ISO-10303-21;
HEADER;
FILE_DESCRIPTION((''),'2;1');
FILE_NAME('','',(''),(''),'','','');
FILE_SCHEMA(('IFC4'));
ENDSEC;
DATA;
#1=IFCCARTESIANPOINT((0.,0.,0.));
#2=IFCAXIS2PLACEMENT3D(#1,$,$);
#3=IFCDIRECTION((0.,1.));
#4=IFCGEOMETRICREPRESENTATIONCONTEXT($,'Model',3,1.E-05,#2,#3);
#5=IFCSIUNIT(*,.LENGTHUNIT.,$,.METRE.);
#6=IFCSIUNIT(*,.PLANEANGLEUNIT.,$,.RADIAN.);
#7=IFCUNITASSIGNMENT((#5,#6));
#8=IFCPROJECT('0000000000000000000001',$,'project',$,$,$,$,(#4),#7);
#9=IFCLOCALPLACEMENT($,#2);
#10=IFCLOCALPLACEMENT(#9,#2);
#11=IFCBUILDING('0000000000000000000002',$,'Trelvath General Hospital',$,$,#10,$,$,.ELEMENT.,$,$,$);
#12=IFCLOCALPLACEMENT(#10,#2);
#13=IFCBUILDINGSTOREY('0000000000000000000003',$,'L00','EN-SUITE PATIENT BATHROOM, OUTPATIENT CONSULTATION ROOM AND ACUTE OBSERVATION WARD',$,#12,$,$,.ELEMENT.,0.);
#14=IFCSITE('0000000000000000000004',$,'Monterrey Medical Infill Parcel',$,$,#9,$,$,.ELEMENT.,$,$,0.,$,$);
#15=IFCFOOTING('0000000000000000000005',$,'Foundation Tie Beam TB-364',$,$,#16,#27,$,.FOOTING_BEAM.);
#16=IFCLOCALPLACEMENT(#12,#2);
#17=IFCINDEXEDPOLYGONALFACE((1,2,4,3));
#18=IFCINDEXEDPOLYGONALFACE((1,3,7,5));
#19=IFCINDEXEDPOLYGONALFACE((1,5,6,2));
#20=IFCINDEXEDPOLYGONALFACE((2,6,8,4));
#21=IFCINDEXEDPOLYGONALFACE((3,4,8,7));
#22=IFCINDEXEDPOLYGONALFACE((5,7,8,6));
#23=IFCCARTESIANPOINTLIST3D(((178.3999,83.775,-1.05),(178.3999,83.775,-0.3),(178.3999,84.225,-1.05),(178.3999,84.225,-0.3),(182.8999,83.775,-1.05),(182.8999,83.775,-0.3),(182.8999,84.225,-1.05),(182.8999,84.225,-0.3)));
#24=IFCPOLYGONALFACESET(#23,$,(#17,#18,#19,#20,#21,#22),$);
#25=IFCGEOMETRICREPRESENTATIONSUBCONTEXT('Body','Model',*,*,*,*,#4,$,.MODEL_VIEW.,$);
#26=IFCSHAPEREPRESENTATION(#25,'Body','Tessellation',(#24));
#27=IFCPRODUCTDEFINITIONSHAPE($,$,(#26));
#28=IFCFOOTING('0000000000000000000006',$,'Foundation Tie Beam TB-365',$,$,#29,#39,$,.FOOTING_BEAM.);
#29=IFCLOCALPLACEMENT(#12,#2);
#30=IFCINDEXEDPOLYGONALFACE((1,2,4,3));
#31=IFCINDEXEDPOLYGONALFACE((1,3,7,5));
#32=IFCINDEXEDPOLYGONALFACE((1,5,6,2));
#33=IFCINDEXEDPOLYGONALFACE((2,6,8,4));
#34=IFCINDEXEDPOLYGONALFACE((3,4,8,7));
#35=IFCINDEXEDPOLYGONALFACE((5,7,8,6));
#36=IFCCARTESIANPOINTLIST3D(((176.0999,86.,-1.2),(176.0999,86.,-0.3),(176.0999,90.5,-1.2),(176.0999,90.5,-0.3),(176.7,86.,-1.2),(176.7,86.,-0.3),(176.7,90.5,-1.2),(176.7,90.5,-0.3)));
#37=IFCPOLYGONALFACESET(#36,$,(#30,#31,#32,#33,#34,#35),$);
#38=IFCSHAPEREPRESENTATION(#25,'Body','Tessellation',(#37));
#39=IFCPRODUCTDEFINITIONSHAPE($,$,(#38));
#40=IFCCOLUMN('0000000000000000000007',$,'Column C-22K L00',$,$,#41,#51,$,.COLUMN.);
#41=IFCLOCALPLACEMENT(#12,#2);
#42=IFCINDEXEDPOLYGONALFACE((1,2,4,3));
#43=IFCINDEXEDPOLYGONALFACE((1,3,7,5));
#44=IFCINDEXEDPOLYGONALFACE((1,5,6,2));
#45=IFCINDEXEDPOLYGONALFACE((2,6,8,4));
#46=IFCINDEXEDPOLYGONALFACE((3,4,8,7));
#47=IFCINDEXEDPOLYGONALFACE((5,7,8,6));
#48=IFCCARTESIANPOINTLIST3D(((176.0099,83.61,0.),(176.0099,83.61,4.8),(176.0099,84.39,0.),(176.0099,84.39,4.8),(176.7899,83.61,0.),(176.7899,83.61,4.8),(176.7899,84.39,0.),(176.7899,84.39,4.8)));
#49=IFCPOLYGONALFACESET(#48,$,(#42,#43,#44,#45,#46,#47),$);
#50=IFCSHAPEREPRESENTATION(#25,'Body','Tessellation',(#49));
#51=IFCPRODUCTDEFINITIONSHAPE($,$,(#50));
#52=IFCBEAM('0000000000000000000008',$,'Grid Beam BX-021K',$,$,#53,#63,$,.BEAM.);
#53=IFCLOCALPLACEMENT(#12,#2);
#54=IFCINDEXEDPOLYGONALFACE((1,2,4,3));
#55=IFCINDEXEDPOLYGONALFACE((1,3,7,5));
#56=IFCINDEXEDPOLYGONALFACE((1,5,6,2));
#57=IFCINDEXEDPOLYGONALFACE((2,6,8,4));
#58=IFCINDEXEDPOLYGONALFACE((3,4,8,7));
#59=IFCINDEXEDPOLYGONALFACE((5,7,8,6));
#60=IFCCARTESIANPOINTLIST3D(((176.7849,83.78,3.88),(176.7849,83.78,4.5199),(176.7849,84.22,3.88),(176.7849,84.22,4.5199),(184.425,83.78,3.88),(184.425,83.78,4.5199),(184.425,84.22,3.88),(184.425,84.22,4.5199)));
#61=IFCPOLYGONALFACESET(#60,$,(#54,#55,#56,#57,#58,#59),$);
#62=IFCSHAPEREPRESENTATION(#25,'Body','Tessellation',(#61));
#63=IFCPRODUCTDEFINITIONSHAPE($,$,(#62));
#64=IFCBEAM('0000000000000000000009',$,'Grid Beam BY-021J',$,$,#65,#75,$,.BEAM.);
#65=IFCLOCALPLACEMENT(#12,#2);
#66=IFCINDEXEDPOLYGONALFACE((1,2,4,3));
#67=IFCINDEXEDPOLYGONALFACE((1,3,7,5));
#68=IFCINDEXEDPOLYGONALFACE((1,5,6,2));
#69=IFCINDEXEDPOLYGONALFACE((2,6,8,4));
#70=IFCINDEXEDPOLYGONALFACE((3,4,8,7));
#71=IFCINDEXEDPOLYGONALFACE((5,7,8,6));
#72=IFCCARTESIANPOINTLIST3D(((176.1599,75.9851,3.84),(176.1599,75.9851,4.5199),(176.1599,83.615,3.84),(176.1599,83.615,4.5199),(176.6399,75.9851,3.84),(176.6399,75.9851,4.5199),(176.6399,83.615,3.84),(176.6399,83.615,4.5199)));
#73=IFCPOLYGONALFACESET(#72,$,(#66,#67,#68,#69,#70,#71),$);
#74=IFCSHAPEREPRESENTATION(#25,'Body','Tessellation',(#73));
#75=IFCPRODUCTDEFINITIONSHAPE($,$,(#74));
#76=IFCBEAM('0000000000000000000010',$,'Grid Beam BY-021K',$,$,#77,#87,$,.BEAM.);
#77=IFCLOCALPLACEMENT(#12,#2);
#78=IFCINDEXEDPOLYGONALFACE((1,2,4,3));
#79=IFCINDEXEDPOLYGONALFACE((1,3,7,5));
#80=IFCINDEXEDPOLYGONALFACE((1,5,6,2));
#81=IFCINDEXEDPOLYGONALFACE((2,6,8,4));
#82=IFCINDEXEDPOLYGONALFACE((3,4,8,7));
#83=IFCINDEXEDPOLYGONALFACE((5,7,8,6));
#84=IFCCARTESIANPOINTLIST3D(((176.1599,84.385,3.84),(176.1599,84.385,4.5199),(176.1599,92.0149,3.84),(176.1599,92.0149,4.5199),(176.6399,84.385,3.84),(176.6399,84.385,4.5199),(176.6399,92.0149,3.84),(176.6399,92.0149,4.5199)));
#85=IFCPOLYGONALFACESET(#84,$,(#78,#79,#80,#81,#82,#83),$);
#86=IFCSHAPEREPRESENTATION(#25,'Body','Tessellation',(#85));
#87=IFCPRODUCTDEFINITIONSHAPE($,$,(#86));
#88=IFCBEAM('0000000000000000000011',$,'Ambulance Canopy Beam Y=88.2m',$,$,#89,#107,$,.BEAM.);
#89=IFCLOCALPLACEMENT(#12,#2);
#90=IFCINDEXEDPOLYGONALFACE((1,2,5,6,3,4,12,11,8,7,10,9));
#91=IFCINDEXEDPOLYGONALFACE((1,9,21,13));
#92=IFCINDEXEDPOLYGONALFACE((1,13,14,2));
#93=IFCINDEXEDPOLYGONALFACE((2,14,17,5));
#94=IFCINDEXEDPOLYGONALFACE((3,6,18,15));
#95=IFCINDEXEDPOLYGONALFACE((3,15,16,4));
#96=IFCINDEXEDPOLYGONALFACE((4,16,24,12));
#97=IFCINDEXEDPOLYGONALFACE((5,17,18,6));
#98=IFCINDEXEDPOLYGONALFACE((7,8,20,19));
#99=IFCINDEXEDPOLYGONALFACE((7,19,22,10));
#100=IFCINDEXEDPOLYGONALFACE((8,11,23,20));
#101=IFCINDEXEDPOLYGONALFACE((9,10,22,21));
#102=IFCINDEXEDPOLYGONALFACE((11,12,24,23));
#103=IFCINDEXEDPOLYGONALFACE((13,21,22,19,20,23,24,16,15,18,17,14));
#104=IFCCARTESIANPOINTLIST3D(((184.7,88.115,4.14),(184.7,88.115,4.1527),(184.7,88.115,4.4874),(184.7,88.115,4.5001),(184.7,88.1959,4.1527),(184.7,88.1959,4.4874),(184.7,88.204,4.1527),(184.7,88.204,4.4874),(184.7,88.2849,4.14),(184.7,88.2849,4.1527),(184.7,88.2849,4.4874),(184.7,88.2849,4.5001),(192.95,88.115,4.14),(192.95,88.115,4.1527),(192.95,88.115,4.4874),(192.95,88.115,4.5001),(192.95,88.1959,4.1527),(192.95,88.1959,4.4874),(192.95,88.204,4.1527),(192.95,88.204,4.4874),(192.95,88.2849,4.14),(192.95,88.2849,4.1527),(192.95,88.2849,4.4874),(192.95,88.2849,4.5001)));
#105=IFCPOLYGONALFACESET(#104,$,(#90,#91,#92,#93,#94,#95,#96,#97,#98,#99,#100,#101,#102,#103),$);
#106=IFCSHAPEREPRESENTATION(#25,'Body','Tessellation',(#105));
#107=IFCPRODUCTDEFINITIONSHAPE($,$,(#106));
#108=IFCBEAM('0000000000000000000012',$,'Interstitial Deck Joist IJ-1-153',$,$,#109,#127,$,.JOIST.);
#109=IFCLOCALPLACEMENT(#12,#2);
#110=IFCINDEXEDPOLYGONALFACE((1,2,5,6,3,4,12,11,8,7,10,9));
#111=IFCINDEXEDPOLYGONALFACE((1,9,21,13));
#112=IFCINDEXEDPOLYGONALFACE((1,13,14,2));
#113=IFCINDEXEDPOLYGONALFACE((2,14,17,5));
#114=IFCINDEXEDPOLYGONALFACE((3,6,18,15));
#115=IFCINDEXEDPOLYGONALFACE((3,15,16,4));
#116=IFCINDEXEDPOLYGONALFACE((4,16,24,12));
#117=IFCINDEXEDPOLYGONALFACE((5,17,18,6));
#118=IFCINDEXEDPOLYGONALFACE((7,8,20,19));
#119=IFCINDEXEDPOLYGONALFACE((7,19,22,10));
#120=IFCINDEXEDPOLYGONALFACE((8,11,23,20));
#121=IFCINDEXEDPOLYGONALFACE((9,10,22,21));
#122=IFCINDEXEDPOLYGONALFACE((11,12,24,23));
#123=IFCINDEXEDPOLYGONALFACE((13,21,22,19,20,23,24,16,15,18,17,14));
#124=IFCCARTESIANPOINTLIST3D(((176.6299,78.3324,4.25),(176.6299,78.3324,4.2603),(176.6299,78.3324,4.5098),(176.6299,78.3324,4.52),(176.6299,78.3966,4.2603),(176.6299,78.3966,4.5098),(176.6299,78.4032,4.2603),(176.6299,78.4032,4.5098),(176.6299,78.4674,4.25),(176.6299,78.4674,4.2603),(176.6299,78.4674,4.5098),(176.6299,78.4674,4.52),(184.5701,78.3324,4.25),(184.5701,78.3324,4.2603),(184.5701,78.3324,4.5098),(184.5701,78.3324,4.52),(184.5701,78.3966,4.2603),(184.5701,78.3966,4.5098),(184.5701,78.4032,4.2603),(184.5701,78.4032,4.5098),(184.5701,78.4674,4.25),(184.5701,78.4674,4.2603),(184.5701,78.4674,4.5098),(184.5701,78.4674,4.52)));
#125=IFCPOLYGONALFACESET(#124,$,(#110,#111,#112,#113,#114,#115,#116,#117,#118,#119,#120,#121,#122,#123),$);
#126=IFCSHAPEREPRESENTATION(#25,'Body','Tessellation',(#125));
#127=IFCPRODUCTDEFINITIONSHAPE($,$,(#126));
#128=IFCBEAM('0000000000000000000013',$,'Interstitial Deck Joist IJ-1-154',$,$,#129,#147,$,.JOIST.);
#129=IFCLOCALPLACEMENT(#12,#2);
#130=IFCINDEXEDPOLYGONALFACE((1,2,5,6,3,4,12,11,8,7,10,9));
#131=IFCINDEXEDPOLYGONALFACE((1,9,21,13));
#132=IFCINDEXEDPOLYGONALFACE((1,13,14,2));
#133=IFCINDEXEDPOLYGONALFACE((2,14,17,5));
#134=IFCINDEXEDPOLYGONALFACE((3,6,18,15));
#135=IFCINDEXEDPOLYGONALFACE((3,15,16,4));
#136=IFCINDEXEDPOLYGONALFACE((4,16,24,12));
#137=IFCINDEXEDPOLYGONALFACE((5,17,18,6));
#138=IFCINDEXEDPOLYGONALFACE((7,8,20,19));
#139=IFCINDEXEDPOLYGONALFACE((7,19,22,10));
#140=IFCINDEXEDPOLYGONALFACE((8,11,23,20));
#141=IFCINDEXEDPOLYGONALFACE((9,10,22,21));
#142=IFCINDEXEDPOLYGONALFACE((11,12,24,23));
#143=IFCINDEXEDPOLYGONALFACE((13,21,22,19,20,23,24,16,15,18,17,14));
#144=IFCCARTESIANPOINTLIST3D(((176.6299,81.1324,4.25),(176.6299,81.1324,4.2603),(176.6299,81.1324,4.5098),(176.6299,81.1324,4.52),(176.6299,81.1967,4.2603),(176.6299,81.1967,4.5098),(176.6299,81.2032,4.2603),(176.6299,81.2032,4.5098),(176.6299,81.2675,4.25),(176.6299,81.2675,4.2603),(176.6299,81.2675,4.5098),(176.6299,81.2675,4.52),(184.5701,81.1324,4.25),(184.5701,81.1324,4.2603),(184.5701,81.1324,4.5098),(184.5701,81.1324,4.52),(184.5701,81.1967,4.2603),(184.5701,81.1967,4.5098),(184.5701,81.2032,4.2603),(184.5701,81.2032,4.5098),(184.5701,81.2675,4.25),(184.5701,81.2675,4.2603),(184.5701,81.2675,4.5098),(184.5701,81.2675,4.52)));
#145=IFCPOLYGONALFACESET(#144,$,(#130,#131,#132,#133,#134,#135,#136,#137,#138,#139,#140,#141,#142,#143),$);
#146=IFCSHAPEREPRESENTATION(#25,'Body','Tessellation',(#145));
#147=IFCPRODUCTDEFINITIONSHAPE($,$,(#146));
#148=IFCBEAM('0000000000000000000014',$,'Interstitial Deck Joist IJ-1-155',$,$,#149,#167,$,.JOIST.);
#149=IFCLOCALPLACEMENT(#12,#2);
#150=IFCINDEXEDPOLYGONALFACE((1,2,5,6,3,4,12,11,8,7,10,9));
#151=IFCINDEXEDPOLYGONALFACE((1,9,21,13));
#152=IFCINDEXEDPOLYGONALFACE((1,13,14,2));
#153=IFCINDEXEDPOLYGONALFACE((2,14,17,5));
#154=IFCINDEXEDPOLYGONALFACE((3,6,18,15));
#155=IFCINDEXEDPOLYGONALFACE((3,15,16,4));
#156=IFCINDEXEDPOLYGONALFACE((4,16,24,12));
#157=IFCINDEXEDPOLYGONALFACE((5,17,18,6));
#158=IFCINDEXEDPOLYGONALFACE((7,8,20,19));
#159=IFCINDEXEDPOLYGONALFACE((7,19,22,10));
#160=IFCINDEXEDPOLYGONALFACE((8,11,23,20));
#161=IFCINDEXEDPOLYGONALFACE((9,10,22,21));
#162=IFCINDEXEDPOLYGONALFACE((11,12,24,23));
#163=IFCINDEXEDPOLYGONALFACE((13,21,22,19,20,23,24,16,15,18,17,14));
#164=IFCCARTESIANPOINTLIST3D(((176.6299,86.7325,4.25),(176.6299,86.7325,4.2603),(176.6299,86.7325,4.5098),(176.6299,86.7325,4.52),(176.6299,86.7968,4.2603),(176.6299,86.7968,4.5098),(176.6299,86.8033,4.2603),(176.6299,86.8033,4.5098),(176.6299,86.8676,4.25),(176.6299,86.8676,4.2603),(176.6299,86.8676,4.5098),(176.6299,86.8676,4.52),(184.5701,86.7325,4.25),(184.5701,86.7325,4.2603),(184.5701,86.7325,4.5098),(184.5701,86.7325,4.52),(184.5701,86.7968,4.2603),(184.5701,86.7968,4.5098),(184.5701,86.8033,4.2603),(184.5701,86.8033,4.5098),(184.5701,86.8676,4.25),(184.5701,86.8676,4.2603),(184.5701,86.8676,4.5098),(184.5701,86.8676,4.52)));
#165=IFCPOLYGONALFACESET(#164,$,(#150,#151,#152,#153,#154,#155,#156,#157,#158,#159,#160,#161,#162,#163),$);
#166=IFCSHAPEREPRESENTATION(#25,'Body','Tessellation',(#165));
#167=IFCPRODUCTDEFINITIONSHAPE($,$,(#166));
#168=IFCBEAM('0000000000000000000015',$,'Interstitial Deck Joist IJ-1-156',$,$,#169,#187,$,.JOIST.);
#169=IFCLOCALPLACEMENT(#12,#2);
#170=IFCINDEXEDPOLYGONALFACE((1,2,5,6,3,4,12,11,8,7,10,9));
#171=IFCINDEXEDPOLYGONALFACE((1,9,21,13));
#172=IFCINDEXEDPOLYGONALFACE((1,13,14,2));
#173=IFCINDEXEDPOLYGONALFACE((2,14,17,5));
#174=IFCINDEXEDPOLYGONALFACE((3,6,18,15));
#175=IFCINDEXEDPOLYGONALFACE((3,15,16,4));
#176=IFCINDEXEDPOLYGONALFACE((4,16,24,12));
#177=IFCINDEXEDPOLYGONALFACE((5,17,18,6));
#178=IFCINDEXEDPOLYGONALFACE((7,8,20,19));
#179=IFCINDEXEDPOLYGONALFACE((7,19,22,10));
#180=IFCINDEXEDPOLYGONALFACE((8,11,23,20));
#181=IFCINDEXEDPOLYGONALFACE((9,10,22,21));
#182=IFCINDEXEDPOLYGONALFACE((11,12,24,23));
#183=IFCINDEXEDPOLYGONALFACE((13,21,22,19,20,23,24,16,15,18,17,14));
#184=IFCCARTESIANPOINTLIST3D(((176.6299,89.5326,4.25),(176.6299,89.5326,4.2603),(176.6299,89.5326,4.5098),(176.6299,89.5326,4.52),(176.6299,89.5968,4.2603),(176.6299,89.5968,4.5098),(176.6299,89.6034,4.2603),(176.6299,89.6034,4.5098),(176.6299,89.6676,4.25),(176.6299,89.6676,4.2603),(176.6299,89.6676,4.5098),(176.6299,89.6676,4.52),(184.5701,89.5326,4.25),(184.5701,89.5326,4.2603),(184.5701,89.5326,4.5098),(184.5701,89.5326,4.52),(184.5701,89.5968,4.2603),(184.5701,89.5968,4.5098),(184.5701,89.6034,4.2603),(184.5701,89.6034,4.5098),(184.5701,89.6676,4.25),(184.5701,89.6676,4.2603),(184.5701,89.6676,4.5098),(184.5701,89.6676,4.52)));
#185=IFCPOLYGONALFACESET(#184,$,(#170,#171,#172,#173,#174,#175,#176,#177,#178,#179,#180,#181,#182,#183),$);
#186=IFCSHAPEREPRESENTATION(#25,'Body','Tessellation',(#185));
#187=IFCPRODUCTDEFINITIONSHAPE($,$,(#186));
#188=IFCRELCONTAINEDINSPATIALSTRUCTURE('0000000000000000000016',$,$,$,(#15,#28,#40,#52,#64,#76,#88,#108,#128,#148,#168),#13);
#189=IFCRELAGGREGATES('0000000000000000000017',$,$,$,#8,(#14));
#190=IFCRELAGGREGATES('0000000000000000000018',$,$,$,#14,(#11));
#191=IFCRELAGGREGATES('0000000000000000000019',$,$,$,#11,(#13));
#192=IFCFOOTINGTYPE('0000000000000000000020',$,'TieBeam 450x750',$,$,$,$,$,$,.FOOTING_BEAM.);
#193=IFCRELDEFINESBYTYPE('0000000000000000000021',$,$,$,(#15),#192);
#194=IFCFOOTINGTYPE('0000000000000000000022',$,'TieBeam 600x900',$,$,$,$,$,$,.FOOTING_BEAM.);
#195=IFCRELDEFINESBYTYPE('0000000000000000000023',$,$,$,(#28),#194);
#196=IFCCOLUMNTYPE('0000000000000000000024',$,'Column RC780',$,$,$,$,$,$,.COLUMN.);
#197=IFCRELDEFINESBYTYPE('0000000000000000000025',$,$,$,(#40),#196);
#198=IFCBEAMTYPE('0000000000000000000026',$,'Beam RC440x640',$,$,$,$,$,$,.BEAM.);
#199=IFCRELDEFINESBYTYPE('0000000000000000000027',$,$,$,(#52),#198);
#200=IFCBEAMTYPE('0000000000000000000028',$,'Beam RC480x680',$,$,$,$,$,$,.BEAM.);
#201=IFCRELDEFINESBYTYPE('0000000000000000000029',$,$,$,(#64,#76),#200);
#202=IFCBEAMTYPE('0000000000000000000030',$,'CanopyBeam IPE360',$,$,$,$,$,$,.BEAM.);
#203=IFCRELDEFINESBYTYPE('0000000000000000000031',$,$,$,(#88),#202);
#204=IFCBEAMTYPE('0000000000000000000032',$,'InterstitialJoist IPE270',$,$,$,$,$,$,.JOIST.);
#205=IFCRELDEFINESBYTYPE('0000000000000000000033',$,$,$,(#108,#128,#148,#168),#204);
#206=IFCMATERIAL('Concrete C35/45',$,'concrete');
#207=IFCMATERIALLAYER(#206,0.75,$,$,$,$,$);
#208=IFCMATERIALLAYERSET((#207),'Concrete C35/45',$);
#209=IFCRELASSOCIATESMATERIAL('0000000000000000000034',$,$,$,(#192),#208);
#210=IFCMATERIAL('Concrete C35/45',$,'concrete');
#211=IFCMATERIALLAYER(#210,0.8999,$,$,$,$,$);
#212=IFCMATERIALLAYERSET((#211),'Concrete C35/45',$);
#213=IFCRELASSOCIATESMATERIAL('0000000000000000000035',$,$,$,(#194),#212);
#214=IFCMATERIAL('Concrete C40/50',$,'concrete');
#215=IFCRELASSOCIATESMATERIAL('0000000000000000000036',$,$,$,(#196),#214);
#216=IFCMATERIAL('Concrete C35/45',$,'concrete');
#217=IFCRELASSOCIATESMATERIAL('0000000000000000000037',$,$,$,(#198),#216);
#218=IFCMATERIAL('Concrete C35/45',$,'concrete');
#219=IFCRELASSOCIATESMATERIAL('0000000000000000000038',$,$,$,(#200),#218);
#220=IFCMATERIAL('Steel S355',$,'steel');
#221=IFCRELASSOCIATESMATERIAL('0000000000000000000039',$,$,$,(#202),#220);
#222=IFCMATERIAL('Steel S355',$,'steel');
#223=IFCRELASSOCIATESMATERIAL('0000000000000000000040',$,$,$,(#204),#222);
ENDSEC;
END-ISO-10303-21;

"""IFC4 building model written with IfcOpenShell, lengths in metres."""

from ifc_helpers import new_model, si_unit, direction, frame, origin, origin_2d, place, context, subcontext, project, spatial, rectangle, i_section, extrude, material, layer, layer_set, material_profile, profile_set, type_object, element, save


model = new_model("IFC4")

# Units and contexts
model_context = context("Model", 3, precision=1e-05, world=origin(), true_north=direction((0.0, 1.0)))
body_context = subcontext(model_context, "Body", "Model", "MODEL_VIEW")
ifc_project = project(units=[si_unit("LENGTHUNIT", "METRE"), si_unit("PLANEANGLEUNIT", "RADIAN")], contexts=[model_context])

# Site, building, storey
site_placement = place(None, origin())
site = spatial("IfcSite", under=ifc_project, at=site_placement, Name="Monterrey Medical Infill Parcel", CompositionType="ELEMENT", RefElevation=0.0)
building_placement = place(site_placement, origin())
building = spatial("IfcBuilding", under=site, at=building_placement, Name="Trelvath General Hospital", CompositionType="ELEMENT")
storey_placement = place(building_placement, origin())
storey = spatial("IfcBuildingStorey", under=building, at=storey_placement, Name="L00", Description="EN-SUITE PATIENT BATHROOM, OUTPATIENT CONSULTATION ROOM AND ACUTE OBSERVATION WARD", CompositionType="ELEMENT", Elevation=0.0)

# Footings
ifc_material_1 = material(Name="Concrete C35/45", Category="concrete")
ifc_layer_1 = layer(ifc_material_1, 0.75)
ifc_layer_set_1 = layer_set([ifc_layer_1], Name="Concrete C35/45")
footing_type_1 = type_object("IfcFootingType", Name="TieBeam 450x750", PredefinedType="FOOTING_BEAM", material=ifc_layer_set_1)
footing_1_placement = place(storey_placement, frame((180.6499, 84.0, -1.05), z_axis=(0.0, 0.0, 1.0), x_axis=(1.0, 0.0, 0.0)))
element("IfcFooting", 1, at=footing_1_placement, inside=storey, type_object=footing_type_1, Name="Foundation Tie Beam TB-364", PredefinedType="FOOTING_BEAM", context=body_context, shape_type="SweptSolid", body=[
    extrude(rectangle(XDim=4.5, YDim=0.45, at=origin_2d()), origin(), (0.0, 0.0, 1.0), 0.75),
])
ifc_material_2 = material(Name="Concrete C35/45", Category="concrete")
ifc_layer_2 = layer(ifc_material_2, 0.8999)
ifc_layer_set_2 = layer_set([ifc_layer_2], Name="Concrete C35/45")
footing_type_2 = type_object("IfcFootingType", Name="TieBeam 600x900", PredefinedType="FOOTING_BEAM", material=ifc_layer_set_2)
footing_2_placement = place(storey_placement, frame((176.3999, 88.25, -1.2), z_axis=(0.0, 0.0, 1.0), x_axis=(1.0, 0.0, 0.0)))
element("IfcFooting", 2, at=footing_2_placement, inside=storey, type_object=footing_type_2, Name="Foundation Tie Beam TB-365", PredefinedType="FOOTING_BEAM", context=body_context, shape_type="SweptSolid", body=[
    extrude(rectangle(XDim=0.6001, YDim=4.5, at=origin_2d()), origin(), (0.0, 0.0, 1.0), 0.8999),
])

# Column
ifc_material_3 = material(Name="Concrete C40/50", Category="concrete")
ifc_material_profile_1 = material_profile(ifc_material_3, rectangle(XDim=0.78, YDim=0.78, at=origin_2d()), Name="RC780x780")
ifc_profile_set_1 = profile_set([ifc_material_profile_1], Name="Concrete C40/50")
column_type = type_object("IfcColumnType", Name="Column RC780", PredefinedType="COLUMN", material=ifc_profile_set_1)
column_placement = place(storey_placement, frame((176.3999, 84.0, 0.0), z_axis=(0.0, 0.0, 1.0), x_axis=(1.0, 0.0, 0.0)))
element("IfcColumn", 3, at=column_placement, inside=storey, type_object=column_type, Name="Column C-22K L00", PredefinedType="COLUMN", context=body_context, shape_type="SweptSolid", body=[
    extrude(rectangle(XDim=0.78, YDim=0.78, at=origin_2d()), origin(), (0.0, 0.0, 1.0), 4.8),
])

# Beams
ifc_material_4 = material(Name="Concrete C35/45", Category="concrete")
ifc_material_profile_2 = material_profile(ifc_material_4, rectangle(XDim=0.4399, YDim=0.6399, at=origin_2d()), Name="RCB440x640")
ifc_profile_set_2 = profile_set([ifc_material_profile_2], Name="Concrete C35/45")
beam_type_1 = type_object("IfcBeamType", Name="Beam RC440x640", PredefinedType="BEAM", material=ifc_profile_set_2)
beam_1_placement = place(storey_placement, frame((176.7849, 84.0, 4.2), z_axis=(1.0, 0.0, 0.0), x_axis=(0.0, 1.0, 0.0)))
element("IfcBeam", 4, at=beam_1_placement, inside=storey, type_object=beam_type_1, Name="Grid Beam BX-021K", PredefinedType="BEAM", context=body_context, shape_type="SweptSolid", body=[
    extrude(rectangle(XDim=0.4399, YDim=0.6399, at=origin_2d()), origin(), (0.0, 0.0, 1.0), 7.6401),
])
ifc_material_5 = material(Name="Concrete C35/45", Category="concrete")
ifc_material_profile_3 = material_profile(ifc_material_5, rectangle(XDim=0.48, YDim=0.6799, at=origin_2d()), Name="RCB480x680")
ifc_profile_set_3 = profile_set([ifc_material_profile_3], Name="Concrete C35/45")
beam_type_2 = type_object("IfcBeamType", Name="Beam RC480x680", PredefinedType="BEAM", material=ifc_profile_set_3)
for number, where, z_axis, x_axis, name in (
    (5, (176.3999, 75.9851, 4.1799), (0.0, 1.0, 0.0), (-1.0, 0.0, 0.0), "Grid Beam BY-021J"),
    (6, (176.3999, 84.385, 4.1799), (0.0, 1.0, 0.0), (-1.0, 0.0, 0.0), "Grid Beam BY-021K"),
):
    element("IfcBeam", number, at=place(storey_placement, frame(where, z_axis=z_axis, x_axis=x_axis)), inside=storey, type_object=beam_type_2, Name=name, PredefinedType="BEAM", context=body_context, shape_type="SweptSolid", body=[
        extrude(rectangle(XDim=0.48, YDim=0.6799, at=origin_2d()), origin(), (0.0, 0.0, 1.0), 7.6299),
    ])
ifc_material_6 = material(Name="Steel S355", Category="steel")
ifc_material_profile_4 = material_profile(ifc_material_6, i_section(OverallWidth=0.1699, OverallDepth=0.3601, WebThickness=0.0081, FlangeThickness=0.0127, at=origin_2d()), Name="IPE360")
ifc_profile_set_4 = profile_set([ifc_material_profile_4], Name="Steel S355")
beam_type_3 = type_object("IfcBeamType", Name="CanopyBeam IPE360", PredefinedType="BEAM", material=ifc_profile_set_4)
beam_2_placement = place(storey_placement, frame((184.7, 88.2, 4.3201), z_axis=(1.0, 0.0, 0.0), x_axis=(0.0, 1.0, 0.0)))
element("IfcBeam", 7, at=beam_2_placement, inside=storey, type_object=beam_type_3, Name="Ambulance Canopy Beam Y=88.2m", PredefinedType="BEAM", context=body_context, shape_type="SweptSolid", body=[
    extrude(i_section(OverallWidth=0.1699, OverallDepth=0.3601, WebThickness=0.0081, FlangeThickness=0.0127, at=origin_2d()), origin(), (0.0, 0.0, 1.0), 8.25),
])
ifc_material_7 = material(Name="Steel S355", Category="steel")
ifc_material_profile_5 = material_profile(ifc_material_7, i_section(OverallWidth=0.135, OverallDepth=0.27, WebThickness=0.0066, FlangeThickness=0.0103, at=origin_2d()), Name="IPE270")
ifc_profile_set_5 = profile_set([ifc_material_profile_5], Name="Steel S355")
beam_type_4 = type_object("IfcBeamType", Name="InterstitialJoist IPE270", PredefinedType="JOIST", material=ifc_profile_set_5)
for number, where, z_axis, x_axis, name in (
    (8, (176.6299, 78.3999, 4.385), (1.0, 0.0, 0.0), (0.0, 1.0, 0.0), "Interstitial Deck Joist IJ-1-153"),
    (9, (176.6299, 81.2, 4.385), (1.0, 0.0, 0.0), (0.0, 1.0, 0.0), "Interstitial Deck Joist IJ-1-154"),
    (10, (176.6299, 86.8, 4.385), (1.0, 0.0, 0.0), (0.0, 1.0, 0.0), "Interstitial Deck Joist IJ-1-155"),
    (11, (176.6299, 89.6001, 4.385), (1.0, 0.0, 0.0), (0.0, 1.0, 0.0), "Interstitial Deck Joist IJ-1-156"),
):
    element("IfcBeam", number, at=place(storey_placement, frame(where, z_axis=z_axis, x_axis=x_axis)), inside=storey, type_object=beam_type_4, Name=name, PredefinedType="JOIST", context=body_context, shape_type="SweptSolid", body=[
        extrude(i_section(OverallWidth=0.135, OverallDepth=0.27, WebThickness=0.0066, FlangeThickness=0.0103, at=origin_2d()), origin(), (0.0, 0.0, 1.0), 7.9402),
    ])

save(model, "model.ifc")
